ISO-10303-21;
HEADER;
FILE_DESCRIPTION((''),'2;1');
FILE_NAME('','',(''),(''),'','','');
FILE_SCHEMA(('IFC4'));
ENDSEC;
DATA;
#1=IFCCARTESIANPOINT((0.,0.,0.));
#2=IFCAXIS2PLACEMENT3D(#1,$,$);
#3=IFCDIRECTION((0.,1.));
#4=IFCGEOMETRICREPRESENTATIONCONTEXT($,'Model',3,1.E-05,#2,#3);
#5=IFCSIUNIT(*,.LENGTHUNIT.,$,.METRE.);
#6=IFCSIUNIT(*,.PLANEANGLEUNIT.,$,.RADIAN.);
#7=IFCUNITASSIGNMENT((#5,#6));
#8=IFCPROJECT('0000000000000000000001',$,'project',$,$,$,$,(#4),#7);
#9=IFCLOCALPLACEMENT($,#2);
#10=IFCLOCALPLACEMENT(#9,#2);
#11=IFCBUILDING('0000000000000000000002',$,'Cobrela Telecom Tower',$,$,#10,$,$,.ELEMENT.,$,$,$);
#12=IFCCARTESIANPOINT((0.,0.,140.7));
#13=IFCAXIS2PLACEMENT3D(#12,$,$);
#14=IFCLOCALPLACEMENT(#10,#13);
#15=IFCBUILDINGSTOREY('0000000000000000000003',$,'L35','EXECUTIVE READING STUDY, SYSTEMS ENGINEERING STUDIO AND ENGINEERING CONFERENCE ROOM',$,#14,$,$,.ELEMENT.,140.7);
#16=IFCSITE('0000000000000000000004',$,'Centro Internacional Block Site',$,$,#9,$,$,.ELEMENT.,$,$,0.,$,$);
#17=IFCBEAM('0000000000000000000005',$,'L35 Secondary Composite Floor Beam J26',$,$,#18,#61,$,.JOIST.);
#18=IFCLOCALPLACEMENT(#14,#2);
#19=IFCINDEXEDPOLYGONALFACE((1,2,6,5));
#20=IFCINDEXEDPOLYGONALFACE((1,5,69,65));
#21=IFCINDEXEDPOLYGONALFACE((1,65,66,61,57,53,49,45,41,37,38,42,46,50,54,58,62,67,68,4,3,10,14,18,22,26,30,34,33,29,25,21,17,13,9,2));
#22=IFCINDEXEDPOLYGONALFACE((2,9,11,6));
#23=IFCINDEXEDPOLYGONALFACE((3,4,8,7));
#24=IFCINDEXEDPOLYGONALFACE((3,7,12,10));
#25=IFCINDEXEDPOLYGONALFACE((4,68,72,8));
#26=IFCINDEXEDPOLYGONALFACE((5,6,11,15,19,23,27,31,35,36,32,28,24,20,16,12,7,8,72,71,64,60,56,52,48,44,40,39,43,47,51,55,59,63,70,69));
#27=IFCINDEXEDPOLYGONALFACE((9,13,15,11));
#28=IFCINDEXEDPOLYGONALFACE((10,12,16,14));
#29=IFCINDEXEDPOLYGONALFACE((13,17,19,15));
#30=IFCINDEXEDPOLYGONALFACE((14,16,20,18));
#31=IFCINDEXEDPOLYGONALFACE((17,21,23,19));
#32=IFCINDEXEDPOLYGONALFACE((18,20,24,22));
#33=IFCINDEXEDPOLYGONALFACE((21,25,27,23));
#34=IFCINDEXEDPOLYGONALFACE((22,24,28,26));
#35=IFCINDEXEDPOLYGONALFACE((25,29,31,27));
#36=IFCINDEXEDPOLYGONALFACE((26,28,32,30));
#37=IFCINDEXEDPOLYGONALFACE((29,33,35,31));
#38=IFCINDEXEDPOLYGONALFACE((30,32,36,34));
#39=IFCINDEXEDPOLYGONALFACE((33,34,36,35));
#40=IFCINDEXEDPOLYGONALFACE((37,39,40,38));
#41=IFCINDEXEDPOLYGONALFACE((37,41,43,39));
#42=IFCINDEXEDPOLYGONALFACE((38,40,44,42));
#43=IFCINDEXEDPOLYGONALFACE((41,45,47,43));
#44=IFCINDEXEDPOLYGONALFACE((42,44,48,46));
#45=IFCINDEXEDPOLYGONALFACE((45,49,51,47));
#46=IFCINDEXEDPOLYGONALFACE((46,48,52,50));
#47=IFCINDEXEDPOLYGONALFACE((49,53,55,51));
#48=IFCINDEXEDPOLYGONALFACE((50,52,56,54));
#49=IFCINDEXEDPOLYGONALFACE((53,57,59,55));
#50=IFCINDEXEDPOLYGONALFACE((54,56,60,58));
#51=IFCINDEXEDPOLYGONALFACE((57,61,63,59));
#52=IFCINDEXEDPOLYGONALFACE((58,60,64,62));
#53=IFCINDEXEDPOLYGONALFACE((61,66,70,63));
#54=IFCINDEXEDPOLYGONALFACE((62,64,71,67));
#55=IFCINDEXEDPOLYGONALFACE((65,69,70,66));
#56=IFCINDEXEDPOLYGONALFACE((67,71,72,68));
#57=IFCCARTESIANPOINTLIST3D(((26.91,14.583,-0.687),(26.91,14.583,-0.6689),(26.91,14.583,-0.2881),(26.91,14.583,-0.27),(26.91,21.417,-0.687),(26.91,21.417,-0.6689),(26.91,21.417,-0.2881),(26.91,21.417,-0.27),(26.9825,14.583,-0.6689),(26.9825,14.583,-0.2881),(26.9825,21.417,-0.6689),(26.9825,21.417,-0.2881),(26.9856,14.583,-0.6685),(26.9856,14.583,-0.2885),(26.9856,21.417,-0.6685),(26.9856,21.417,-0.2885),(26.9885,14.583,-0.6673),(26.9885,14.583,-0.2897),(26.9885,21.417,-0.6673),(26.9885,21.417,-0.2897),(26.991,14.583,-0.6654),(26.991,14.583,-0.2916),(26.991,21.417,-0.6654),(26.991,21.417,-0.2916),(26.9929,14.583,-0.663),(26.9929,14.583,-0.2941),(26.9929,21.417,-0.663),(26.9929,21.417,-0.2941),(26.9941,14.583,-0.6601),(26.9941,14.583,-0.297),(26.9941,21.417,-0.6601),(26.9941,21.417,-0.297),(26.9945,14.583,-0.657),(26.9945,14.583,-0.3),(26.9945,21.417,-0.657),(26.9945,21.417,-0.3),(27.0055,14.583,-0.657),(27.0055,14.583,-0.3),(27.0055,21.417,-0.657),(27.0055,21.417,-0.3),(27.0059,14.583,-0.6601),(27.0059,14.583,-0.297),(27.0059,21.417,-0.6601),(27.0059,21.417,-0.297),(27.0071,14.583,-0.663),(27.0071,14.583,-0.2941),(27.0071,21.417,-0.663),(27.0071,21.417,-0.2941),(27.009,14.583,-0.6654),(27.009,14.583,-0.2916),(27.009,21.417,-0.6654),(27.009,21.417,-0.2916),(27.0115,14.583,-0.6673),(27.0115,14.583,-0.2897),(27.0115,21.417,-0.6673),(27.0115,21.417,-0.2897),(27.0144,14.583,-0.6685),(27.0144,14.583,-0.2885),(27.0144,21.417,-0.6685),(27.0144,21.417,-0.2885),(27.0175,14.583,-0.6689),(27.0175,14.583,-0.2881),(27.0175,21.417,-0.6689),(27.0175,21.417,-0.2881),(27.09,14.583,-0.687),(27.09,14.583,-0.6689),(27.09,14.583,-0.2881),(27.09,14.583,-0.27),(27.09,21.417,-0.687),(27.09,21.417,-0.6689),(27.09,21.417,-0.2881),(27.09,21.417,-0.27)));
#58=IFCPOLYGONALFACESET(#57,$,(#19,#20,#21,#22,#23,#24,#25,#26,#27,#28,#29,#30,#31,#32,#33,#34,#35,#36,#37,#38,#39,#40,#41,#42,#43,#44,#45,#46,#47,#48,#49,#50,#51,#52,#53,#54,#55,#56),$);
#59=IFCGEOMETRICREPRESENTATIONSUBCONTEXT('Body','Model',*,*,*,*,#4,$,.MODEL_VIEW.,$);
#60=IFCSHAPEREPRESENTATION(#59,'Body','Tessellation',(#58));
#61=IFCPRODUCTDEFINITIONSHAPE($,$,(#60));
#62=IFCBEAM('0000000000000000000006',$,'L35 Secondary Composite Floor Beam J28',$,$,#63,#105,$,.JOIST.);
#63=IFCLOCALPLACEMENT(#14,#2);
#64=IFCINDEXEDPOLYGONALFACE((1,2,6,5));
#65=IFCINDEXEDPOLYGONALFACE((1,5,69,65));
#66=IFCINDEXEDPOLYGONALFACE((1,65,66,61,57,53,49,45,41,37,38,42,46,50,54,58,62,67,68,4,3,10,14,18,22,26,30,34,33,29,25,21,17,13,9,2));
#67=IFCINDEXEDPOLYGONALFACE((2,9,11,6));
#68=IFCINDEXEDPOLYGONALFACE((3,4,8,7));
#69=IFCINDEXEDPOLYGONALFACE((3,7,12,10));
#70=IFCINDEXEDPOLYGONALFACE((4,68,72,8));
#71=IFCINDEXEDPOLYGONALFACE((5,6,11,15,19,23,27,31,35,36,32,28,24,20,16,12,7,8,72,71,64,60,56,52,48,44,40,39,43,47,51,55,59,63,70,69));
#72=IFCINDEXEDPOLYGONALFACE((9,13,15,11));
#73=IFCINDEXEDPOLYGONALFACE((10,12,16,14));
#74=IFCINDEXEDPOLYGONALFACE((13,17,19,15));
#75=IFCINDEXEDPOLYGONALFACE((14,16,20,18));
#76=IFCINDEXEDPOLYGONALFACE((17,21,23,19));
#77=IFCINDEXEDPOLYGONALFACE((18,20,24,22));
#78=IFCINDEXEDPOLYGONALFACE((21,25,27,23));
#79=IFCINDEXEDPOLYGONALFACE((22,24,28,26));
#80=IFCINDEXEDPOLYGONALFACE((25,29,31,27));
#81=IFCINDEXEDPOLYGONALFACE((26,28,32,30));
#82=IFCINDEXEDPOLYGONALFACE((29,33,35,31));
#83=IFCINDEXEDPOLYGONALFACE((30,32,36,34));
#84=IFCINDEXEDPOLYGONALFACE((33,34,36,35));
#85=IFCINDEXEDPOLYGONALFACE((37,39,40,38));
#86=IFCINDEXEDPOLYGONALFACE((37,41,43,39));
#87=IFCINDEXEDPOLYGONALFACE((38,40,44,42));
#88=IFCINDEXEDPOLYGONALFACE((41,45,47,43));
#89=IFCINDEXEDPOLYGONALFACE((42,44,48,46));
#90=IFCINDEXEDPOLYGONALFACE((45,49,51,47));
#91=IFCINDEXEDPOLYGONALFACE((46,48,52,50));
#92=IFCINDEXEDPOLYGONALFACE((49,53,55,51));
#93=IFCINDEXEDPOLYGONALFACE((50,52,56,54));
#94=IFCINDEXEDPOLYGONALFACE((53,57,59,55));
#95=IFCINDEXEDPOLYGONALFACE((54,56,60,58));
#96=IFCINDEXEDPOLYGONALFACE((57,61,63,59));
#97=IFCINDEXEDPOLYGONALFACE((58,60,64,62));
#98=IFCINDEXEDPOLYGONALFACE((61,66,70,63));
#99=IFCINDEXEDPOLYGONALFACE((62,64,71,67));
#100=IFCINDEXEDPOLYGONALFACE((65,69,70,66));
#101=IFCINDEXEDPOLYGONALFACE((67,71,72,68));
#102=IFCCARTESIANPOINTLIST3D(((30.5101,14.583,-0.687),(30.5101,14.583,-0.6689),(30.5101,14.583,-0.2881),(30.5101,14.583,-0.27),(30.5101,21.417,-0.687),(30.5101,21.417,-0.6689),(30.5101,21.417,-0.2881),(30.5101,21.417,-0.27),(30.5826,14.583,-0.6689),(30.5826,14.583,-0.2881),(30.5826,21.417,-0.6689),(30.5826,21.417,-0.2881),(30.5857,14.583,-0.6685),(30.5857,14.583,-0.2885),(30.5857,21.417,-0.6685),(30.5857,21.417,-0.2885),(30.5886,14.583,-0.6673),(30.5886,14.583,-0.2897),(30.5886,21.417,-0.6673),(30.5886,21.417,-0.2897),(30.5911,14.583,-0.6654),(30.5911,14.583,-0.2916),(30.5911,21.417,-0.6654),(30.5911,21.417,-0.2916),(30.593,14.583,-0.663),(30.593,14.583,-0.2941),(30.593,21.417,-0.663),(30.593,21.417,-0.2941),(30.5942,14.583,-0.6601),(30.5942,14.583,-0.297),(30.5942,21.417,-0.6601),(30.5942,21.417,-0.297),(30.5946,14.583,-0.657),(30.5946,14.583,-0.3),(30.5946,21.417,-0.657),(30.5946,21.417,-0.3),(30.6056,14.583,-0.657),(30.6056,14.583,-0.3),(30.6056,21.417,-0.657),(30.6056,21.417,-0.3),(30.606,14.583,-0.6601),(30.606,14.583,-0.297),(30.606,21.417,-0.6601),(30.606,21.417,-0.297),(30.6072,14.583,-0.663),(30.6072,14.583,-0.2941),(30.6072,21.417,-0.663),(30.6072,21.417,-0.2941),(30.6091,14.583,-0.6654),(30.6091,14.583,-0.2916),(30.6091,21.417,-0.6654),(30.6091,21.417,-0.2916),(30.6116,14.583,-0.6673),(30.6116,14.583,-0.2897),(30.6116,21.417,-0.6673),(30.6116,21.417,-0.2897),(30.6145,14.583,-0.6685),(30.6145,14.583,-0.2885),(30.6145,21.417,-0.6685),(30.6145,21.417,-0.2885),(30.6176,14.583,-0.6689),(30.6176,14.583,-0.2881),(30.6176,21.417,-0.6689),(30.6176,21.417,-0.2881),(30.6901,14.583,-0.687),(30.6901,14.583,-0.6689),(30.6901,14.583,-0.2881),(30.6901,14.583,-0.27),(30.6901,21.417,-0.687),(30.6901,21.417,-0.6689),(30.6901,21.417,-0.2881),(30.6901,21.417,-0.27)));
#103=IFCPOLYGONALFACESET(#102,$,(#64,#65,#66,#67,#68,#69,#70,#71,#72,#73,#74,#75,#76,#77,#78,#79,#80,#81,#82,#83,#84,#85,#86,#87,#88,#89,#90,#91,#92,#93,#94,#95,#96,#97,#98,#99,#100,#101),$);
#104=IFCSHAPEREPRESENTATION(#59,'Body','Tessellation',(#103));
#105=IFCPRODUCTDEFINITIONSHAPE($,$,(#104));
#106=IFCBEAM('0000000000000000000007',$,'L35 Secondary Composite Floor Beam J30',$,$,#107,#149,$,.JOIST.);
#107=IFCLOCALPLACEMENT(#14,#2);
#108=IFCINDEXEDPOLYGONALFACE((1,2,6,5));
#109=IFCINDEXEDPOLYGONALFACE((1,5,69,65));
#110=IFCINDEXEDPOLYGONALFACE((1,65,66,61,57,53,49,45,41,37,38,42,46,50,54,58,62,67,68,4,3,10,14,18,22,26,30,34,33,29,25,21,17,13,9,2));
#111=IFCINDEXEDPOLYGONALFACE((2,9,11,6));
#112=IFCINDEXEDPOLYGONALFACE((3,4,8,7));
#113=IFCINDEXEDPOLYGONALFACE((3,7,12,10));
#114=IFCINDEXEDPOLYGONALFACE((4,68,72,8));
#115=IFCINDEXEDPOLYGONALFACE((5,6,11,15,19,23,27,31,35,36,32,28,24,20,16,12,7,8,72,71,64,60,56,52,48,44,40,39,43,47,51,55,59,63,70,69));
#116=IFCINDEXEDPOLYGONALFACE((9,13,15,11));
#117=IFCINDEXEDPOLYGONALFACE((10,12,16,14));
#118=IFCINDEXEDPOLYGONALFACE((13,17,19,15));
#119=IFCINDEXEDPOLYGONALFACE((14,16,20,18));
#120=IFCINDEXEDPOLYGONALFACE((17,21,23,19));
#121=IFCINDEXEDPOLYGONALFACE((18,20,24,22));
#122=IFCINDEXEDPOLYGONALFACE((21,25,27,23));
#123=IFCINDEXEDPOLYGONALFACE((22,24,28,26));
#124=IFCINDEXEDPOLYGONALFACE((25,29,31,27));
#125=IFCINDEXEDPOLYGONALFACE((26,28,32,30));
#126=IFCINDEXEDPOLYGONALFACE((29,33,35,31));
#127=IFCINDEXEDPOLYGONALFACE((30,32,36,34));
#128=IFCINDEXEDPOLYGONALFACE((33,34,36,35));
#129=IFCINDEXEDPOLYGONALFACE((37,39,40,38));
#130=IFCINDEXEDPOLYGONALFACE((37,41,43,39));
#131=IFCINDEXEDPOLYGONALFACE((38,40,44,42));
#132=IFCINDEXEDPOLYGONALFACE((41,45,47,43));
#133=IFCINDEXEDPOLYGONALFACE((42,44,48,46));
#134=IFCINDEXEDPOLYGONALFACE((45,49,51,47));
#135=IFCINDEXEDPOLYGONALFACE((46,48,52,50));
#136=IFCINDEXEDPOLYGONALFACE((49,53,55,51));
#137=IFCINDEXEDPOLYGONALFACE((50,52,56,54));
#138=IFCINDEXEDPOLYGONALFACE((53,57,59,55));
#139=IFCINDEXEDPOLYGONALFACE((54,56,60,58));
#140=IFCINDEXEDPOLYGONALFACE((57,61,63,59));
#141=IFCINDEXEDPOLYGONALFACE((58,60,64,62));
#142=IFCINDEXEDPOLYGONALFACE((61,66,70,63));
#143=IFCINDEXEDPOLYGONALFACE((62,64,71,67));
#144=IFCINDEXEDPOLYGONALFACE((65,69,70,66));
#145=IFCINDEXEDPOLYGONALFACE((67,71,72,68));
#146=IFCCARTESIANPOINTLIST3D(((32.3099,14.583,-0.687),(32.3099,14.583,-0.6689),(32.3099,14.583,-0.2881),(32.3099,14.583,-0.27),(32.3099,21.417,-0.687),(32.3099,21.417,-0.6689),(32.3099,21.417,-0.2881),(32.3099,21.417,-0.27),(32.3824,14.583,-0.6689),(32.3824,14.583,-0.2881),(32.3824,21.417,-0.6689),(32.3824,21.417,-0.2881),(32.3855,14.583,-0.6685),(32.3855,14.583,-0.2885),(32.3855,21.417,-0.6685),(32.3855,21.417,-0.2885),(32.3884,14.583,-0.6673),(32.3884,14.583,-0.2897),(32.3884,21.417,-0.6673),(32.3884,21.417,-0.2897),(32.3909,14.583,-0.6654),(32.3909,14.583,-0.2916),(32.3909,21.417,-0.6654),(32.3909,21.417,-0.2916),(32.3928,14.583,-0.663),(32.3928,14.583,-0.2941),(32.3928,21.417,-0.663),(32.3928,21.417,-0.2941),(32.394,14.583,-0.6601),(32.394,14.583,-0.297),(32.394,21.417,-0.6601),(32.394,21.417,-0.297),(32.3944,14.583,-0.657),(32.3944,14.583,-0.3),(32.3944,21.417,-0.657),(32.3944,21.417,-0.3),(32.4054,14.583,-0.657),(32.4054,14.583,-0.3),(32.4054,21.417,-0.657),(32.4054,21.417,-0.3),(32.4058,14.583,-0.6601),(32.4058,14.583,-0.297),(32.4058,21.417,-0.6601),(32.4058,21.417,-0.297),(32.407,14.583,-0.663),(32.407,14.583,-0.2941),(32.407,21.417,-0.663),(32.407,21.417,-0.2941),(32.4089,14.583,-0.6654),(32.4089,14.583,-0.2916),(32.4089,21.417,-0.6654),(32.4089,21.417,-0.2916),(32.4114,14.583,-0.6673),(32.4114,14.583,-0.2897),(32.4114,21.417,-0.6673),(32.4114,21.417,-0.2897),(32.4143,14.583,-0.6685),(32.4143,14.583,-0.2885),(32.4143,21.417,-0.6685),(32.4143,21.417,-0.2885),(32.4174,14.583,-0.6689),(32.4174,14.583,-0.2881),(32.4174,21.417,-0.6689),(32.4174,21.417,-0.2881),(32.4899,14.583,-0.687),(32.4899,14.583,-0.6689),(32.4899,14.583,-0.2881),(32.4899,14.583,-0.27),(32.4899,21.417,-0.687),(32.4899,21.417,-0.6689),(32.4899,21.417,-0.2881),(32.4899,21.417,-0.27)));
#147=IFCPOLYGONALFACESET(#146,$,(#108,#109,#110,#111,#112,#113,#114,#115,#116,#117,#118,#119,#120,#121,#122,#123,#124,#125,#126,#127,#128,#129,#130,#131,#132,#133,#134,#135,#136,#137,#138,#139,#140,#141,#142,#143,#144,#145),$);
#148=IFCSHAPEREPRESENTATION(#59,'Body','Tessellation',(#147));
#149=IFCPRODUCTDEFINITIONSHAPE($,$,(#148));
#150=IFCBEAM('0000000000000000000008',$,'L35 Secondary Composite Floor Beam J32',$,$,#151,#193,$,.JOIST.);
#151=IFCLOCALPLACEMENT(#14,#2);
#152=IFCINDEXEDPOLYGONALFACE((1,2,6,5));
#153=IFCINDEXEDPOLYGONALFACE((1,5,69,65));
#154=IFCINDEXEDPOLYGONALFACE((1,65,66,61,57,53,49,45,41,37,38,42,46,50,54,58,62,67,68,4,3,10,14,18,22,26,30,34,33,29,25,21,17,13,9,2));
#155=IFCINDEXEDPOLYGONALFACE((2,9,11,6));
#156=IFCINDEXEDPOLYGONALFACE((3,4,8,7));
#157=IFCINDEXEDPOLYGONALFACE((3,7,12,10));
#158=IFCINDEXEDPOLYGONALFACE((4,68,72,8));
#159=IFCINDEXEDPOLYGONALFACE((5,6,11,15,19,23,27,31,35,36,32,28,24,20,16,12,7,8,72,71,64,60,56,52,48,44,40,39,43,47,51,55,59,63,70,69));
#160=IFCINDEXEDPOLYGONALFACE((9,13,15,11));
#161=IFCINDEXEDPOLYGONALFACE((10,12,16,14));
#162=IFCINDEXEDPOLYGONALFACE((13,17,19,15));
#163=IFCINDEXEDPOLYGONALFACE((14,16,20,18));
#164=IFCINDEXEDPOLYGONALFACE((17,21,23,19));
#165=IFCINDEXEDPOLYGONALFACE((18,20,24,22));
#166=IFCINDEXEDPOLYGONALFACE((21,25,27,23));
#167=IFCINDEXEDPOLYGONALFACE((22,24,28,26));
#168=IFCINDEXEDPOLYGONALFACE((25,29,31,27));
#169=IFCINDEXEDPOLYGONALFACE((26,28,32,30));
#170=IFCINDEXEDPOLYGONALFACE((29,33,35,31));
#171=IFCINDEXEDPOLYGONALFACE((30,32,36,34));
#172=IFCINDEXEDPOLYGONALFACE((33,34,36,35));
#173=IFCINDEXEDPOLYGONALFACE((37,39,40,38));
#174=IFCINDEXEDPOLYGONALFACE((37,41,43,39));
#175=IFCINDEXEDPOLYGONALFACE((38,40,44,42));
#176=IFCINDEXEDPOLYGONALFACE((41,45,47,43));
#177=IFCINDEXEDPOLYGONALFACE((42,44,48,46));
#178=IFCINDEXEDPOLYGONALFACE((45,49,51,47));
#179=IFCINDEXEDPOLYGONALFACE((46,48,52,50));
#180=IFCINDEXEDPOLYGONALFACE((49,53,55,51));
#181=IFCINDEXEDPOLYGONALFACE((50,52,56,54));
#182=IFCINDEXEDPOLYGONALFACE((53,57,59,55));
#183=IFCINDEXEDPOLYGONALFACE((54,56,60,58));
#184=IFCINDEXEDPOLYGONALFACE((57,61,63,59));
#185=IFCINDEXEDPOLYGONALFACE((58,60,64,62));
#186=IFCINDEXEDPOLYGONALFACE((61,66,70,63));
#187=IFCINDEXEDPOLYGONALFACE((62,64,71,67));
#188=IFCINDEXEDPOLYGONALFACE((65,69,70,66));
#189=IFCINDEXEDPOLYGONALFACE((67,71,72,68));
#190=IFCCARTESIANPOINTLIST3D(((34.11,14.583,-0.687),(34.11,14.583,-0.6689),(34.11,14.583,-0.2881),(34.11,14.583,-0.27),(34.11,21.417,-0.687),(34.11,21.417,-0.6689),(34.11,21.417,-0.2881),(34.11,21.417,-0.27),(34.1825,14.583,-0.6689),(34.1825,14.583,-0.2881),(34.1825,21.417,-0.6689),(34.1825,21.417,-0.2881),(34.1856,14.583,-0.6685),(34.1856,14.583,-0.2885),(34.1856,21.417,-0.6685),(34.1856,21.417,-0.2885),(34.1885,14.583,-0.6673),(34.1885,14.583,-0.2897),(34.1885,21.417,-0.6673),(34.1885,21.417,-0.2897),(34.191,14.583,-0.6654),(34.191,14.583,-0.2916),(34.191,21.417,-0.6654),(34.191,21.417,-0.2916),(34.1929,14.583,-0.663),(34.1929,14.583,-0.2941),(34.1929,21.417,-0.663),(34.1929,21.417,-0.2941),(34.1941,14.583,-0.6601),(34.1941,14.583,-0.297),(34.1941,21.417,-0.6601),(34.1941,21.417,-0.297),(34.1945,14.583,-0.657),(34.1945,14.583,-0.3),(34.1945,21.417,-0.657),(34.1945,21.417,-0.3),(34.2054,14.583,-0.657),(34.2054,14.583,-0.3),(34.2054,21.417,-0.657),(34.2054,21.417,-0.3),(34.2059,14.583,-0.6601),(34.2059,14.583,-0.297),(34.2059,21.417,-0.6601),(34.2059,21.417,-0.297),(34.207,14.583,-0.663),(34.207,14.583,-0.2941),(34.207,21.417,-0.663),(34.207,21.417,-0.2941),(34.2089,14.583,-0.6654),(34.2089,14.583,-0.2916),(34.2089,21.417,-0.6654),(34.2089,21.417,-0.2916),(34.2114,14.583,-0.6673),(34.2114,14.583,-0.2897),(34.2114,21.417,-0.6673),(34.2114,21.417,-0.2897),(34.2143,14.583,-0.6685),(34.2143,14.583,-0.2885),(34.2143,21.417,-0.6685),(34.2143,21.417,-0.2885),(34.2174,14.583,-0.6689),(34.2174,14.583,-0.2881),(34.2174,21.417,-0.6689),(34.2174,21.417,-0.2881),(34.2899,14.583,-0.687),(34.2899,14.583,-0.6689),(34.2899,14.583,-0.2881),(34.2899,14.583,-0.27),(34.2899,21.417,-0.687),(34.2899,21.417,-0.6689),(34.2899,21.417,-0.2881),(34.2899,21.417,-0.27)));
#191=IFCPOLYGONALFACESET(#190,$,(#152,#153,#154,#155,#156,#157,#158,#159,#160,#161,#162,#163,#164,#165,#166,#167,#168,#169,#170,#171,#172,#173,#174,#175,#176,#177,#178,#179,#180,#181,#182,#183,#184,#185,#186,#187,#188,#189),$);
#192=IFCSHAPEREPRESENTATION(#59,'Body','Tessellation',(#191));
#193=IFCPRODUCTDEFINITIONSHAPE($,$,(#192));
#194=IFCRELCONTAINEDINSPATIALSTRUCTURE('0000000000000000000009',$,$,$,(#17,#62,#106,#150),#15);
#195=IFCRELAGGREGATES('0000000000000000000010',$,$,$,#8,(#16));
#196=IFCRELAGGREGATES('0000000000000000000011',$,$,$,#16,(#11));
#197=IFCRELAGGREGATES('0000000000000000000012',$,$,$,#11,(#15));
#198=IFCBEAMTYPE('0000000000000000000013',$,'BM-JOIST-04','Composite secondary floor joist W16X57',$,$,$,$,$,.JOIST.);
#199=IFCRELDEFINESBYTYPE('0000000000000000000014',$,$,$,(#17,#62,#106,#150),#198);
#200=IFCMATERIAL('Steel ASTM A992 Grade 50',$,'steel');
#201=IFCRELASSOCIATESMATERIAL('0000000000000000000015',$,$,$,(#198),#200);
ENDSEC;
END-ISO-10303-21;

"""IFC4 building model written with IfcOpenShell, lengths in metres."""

from ifc_helpers import new_model, si_unit, direction, frame, origin, origin_2d, place, context, subcontext, project, spatial, i_section, extrude, material, material_profile, profile_set, type_object, element, save


model = new_model("IFC4")

# Units and contexts
model_context = context("Model", 3, precision=1e-05, world=origin(), true_north=direction((0.0, 1.0)))
body_context = subcontext(model_context, "Body", "Model", "MODEL_VIEW")
ifc_project = project(units=[si_unit("LENGTHUNIT", "METRE"), si_unit("PLANEANGLEUNIT", "RADIAN")], contexts=[model_context])

# Site, building, storey
site_placement = place(None, origin())
site = spatial("IfcSite", under=ifc_project, at=site_placement, Name="Centro Internacional Block Site", CompositionType="ELEMENT", RefElevation=0.0)
building_placement = place(site_placement, origin())
building = spatial("IfcBuilding", under=site, at=building_placement, Name="Cobrela Telecom Tower", CompositionType="ELEMENT")
storey_placement = place(building_placement, frame((0.0, 0.0, 140.7)))
storey = spatial("IfcBuildingStorey", under=building, at=storey_placement, Name="L35", Description="EXECUTIVE READING STUDY, SYSTEMS ENGINEERING STUDIO AND ENGINEERING CONFERENCE ROOM", CompositionType="ELEMENT", Elevation=140.7)

# Shared definitions
ifc_material_1 = material(Name="Steel ASTM A992 Grade 50", Category="steel")

# Beams
ifc_material_profile_1 = material_profile(ifc_material_1, i_section(OverallWidth=0.1799, OverallDepth=0.417, WebThickness=0.011, FlangeThickness=0.0181, FilletRadius=0.012, at=origin_2d()), Name="W16X57")
ifc_profile_set_1 = profile_set([ifc_material_profile_1], Name="Steel ASTM A992 Grade 50")
beam_type_1 = type_object("IfcBeamType", Name="BM-JOIST-04", Description="Composite secondary floor joist W16X57", PredefinedType="JOIST", material=ifc_profile_set_1)
for number, where, z_axis, x_axis, name in (
    (1, (27.0, 14.583, -0.4785), (0.0, 1.0, 0.0), (-1.0, 0.0, 0.0), "L35 Secondary Composite Floor Beam J26"),
    (2, (30.6001, 14.583, -0.4785), (0.0, 1.0, 0.0), (-1.0, 0.0, 0.0), "L35 Secondary Composite Floor Beam J28"),
    (3, (32.3999, 14.583, -0.4785), (0.0, 1.0, 0.0), (-1.0, 0.0, 0.0), "L35 Secondary Composite Floor Beam J30"),
    (4, (34.2, 14.583, -0.4785), (0.0, 1.0, 0.0), (-1.0, 0.0, 0.0), "L35 Secondary Composite Floor Beam J32"),
):
    element("IfcBeam", number, at=place(storey_placement, frame(where, z_axis=z_axis, x_axis=x_axis)), inside=storey, type_object=beam_type_1, Name=name, PredefinedType="JOIST", context=body_context, shape_type="SweptSolid", body=[
        extrude(i_section(OverallWidth=0.1799, OverallDepth=0.417, WebThickness=0.011, FlangeThickness=0.0181, FilletRadius=0.012, at=origin_2d()), origin(), (0.0, 0.0, 1.0), 6.834),
    ])

save(model, "model.ifc")
